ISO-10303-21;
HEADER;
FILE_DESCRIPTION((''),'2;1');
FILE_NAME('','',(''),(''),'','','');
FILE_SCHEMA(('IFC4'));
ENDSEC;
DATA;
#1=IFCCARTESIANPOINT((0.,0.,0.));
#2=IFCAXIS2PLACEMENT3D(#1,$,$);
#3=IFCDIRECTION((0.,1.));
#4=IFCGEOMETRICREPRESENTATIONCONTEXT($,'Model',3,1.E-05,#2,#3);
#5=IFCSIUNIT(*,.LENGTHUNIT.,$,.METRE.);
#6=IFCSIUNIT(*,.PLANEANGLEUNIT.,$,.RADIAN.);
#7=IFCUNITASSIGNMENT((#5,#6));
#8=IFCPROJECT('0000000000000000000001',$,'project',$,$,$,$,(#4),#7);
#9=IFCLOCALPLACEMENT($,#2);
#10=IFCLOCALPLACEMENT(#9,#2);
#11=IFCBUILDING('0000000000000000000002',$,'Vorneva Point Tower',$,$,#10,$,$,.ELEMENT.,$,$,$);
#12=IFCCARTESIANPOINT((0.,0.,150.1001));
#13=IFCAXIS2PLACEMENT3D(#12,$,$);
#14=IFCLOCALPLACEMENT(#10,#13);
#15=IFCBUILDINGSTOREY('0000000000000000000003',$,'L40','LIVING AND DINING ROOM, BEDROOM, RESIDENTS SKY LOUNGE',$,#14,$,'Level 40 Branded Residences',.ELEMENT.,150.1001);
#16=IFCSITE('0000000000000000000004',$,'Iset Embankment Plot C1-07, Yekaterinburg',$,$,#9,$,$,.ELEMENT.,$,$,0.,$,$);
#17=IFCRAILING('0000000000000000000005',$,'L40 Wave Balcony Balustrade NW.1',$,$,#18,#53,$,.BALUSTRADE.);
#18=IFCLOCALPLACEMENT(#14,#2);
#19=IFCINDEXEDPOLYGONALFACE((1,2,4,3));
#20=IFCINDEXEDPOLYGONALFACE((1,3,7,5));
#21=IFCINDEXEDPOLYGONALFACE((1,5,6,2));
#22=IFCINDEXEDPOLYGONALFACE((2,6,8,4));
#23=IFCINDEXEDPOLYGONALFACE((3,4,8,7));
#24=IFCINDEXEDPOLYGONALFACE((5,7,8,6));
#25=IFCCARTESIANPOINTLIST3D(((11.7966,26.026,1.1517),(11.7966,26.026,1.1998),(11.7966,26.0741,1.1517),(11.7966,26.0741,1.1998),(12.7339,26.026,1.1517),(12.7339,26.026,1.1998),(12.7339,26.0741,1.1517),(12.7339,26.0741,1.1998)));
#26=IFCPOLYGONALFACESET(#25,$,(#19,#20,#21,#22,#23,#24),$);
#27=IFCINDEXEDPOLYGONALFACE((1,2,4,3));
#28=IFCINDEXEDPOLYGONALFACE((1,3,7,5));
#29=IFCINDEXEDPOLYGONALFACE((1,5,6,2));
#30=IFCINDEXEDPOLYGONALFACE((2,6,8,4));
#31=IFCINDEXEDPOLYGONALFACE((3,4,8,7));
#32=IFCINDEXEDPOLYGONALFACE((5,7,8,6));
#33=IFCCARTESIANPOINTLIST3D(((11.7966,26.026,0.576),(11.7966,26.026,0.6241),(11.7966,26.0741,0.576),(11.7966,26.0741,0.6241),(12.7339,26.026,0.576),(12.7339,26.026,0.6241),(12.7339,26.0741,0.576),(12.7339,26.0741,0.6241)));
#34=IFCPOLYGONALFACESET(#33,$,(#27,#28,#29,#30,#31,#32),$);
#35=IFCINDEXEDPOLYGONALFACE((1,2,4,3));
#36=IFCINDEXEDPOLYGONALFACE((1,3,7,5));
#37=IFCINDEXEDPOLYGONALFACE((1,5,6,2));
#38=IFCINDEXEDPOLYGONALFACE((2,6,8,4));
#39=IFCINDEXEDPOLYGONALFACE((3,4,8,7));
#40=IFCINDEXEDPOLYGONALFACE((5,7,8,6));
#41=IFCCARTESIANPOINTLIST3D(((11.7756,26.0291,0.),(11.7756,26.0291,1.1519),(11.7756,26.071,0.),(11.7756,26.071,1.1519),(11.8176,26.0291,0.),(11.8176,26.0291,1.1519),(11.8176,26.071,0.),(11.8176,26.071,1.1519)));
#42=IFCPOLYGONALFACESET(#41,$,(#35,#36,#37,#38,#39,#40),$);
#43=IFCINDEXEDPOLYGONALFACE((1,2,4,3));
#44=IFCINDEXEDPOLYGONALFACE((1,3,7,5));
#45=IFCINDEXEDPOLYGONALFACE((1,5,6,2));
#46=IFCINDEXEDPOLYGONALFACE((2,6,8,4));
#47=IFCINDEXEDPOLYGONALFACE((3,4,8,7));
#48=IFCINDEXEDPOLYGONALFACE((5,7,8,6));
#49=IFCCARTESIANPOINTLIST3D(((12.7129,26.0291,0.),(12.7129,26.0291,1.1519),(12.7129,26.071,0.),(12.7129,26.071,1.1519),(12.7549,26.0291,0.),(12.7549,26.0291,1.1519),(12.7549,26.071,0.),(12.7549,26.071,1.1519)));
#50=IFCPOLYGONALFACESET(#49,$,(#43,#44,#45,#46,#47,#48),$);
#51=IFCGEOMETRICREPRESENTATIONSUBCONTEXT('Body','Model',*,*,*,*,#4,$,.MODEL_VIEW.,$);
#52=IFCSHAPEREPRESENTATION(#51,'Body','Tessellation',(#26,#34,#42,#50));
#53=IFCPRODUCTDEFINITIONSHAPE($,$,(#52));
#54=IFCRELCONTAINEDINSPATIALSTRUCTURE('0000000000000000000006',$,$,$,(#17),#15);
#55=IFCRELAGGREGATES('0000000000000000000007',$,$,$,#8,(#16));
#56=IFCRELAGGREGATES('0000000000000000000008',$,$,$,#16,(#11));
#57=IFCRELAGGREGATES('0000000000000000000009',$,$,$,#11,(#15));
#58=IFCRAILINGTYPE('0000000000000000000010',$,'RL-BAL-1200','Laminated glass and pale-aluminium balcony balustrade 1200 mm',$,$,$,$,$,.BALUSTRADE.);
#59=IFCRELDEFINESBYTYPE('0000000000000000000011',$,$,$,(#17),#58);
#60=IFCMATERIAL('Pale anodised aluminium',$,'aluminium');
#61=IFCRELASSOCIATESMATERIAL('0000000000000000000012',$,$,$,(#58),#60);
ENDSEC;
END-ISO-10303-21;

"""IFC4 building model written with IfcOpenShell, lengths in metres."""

from ifc_helpers import new_model, si_unit, direction, frame, origin, origin_2d, place, context, subcontext, project, spatial, rectangle, extrude, material, type_object, element, save


model = new_model("IFC4")

# Units and contexts
model_context = context("Model", 3, precision=1e-05, world=origin(), true_north=direction((0.0, 1.0)))
body_context = subcontext(model_context, "Body", "Model", "MODEL_VIEW")
ifc_project = project(units=[si_unit("LENGTHUNIT", "METRE"), si_unit("PLANEANGLEUNIT", "RADIAN")], contexts=[model_context])

# Site, building, storey
site_placement = place(None, origin())
site = spatial("IfcSite", under=ifc_project, at=site_placement, Name="Iset Embankment Plot C1-07, Yekaterinburg", CompositionType="ELEMENT", RefElevation=0.0)
building_placement = place(site_placement, origin())
building = spatial("IfcBuilding", under=site, at=building_placement, Name="Vorneva Point Tower", CompositionType="ELEMENT")
storey_placement = place(building_placement, frame((0.0, 0.0, 150.1001)))
storey = spatial("IfcBuildingStorey", under=building, at=storey_placement, Name="L40", Description="LIVING AND DINING ROOM, BEDROOM, RESIDENTS SKY LOUNGE", LongName="Level 40 Branded Residences", CompositionType="ELEMENT", Elevation=150.1001)

# Shared definitions
ifc_material_1 = material(Name="Pale anodised aluminium", Category="aluminium")

# Railing
railing_type = type_object("IfcRailingType", Name="RL-BAL-1200", Description="Laminated glass and pale-aluminium balcony balustrade 1200 mm", PredefinedType="BALUSTRADE", material=ifc_material_1)
railing_placement = place(storey_placement, frame((11.7966, 26.05, 0.0)))
element("IfcRailing", 1, at=railing_placement, inside=storey, type_object=railing_type, Name="L40 Wave Balcony Balustrade NW.1", PredefinedType="BALUSTRADE", context=body_context, shape_type="SweptSolid", body=[
    extrude(rectangle(XDim=0.0481, YDim=0.0481, at=origin_2d()), frame((0.0, 0.0, 1.1758), z_axis=(1.0, 0.0, 0.0), x_axis=(0.0, 1.0, 0.0)), (0.0, 0.0, 1.0), 0.9373),
    extrude(rectangle(XDim=0.0481, YDim=0.0481, at=origin_2d()), frame((0.0, 0.0, 0.6001), z_axis=(1.0, 0.0, 0.0), x_axis=(0.0, 1.0, 0.0)), (0.0, 0.0, 1.0), 0.9373),
    extrude(rectangle(XDim=0.042, YDim=0.042, at=origin_2d()), origin(), (0.0, 0.0, 1.0), 1.1519),
    extrude(rectangle(XDim=0.042, YDim=0.042, at=origin_2d()), frame((0.9373, 0.0, 0.0)), (0.0, 0.0, 1.0), 1.1519),
])

save(model, "model.ifc")
